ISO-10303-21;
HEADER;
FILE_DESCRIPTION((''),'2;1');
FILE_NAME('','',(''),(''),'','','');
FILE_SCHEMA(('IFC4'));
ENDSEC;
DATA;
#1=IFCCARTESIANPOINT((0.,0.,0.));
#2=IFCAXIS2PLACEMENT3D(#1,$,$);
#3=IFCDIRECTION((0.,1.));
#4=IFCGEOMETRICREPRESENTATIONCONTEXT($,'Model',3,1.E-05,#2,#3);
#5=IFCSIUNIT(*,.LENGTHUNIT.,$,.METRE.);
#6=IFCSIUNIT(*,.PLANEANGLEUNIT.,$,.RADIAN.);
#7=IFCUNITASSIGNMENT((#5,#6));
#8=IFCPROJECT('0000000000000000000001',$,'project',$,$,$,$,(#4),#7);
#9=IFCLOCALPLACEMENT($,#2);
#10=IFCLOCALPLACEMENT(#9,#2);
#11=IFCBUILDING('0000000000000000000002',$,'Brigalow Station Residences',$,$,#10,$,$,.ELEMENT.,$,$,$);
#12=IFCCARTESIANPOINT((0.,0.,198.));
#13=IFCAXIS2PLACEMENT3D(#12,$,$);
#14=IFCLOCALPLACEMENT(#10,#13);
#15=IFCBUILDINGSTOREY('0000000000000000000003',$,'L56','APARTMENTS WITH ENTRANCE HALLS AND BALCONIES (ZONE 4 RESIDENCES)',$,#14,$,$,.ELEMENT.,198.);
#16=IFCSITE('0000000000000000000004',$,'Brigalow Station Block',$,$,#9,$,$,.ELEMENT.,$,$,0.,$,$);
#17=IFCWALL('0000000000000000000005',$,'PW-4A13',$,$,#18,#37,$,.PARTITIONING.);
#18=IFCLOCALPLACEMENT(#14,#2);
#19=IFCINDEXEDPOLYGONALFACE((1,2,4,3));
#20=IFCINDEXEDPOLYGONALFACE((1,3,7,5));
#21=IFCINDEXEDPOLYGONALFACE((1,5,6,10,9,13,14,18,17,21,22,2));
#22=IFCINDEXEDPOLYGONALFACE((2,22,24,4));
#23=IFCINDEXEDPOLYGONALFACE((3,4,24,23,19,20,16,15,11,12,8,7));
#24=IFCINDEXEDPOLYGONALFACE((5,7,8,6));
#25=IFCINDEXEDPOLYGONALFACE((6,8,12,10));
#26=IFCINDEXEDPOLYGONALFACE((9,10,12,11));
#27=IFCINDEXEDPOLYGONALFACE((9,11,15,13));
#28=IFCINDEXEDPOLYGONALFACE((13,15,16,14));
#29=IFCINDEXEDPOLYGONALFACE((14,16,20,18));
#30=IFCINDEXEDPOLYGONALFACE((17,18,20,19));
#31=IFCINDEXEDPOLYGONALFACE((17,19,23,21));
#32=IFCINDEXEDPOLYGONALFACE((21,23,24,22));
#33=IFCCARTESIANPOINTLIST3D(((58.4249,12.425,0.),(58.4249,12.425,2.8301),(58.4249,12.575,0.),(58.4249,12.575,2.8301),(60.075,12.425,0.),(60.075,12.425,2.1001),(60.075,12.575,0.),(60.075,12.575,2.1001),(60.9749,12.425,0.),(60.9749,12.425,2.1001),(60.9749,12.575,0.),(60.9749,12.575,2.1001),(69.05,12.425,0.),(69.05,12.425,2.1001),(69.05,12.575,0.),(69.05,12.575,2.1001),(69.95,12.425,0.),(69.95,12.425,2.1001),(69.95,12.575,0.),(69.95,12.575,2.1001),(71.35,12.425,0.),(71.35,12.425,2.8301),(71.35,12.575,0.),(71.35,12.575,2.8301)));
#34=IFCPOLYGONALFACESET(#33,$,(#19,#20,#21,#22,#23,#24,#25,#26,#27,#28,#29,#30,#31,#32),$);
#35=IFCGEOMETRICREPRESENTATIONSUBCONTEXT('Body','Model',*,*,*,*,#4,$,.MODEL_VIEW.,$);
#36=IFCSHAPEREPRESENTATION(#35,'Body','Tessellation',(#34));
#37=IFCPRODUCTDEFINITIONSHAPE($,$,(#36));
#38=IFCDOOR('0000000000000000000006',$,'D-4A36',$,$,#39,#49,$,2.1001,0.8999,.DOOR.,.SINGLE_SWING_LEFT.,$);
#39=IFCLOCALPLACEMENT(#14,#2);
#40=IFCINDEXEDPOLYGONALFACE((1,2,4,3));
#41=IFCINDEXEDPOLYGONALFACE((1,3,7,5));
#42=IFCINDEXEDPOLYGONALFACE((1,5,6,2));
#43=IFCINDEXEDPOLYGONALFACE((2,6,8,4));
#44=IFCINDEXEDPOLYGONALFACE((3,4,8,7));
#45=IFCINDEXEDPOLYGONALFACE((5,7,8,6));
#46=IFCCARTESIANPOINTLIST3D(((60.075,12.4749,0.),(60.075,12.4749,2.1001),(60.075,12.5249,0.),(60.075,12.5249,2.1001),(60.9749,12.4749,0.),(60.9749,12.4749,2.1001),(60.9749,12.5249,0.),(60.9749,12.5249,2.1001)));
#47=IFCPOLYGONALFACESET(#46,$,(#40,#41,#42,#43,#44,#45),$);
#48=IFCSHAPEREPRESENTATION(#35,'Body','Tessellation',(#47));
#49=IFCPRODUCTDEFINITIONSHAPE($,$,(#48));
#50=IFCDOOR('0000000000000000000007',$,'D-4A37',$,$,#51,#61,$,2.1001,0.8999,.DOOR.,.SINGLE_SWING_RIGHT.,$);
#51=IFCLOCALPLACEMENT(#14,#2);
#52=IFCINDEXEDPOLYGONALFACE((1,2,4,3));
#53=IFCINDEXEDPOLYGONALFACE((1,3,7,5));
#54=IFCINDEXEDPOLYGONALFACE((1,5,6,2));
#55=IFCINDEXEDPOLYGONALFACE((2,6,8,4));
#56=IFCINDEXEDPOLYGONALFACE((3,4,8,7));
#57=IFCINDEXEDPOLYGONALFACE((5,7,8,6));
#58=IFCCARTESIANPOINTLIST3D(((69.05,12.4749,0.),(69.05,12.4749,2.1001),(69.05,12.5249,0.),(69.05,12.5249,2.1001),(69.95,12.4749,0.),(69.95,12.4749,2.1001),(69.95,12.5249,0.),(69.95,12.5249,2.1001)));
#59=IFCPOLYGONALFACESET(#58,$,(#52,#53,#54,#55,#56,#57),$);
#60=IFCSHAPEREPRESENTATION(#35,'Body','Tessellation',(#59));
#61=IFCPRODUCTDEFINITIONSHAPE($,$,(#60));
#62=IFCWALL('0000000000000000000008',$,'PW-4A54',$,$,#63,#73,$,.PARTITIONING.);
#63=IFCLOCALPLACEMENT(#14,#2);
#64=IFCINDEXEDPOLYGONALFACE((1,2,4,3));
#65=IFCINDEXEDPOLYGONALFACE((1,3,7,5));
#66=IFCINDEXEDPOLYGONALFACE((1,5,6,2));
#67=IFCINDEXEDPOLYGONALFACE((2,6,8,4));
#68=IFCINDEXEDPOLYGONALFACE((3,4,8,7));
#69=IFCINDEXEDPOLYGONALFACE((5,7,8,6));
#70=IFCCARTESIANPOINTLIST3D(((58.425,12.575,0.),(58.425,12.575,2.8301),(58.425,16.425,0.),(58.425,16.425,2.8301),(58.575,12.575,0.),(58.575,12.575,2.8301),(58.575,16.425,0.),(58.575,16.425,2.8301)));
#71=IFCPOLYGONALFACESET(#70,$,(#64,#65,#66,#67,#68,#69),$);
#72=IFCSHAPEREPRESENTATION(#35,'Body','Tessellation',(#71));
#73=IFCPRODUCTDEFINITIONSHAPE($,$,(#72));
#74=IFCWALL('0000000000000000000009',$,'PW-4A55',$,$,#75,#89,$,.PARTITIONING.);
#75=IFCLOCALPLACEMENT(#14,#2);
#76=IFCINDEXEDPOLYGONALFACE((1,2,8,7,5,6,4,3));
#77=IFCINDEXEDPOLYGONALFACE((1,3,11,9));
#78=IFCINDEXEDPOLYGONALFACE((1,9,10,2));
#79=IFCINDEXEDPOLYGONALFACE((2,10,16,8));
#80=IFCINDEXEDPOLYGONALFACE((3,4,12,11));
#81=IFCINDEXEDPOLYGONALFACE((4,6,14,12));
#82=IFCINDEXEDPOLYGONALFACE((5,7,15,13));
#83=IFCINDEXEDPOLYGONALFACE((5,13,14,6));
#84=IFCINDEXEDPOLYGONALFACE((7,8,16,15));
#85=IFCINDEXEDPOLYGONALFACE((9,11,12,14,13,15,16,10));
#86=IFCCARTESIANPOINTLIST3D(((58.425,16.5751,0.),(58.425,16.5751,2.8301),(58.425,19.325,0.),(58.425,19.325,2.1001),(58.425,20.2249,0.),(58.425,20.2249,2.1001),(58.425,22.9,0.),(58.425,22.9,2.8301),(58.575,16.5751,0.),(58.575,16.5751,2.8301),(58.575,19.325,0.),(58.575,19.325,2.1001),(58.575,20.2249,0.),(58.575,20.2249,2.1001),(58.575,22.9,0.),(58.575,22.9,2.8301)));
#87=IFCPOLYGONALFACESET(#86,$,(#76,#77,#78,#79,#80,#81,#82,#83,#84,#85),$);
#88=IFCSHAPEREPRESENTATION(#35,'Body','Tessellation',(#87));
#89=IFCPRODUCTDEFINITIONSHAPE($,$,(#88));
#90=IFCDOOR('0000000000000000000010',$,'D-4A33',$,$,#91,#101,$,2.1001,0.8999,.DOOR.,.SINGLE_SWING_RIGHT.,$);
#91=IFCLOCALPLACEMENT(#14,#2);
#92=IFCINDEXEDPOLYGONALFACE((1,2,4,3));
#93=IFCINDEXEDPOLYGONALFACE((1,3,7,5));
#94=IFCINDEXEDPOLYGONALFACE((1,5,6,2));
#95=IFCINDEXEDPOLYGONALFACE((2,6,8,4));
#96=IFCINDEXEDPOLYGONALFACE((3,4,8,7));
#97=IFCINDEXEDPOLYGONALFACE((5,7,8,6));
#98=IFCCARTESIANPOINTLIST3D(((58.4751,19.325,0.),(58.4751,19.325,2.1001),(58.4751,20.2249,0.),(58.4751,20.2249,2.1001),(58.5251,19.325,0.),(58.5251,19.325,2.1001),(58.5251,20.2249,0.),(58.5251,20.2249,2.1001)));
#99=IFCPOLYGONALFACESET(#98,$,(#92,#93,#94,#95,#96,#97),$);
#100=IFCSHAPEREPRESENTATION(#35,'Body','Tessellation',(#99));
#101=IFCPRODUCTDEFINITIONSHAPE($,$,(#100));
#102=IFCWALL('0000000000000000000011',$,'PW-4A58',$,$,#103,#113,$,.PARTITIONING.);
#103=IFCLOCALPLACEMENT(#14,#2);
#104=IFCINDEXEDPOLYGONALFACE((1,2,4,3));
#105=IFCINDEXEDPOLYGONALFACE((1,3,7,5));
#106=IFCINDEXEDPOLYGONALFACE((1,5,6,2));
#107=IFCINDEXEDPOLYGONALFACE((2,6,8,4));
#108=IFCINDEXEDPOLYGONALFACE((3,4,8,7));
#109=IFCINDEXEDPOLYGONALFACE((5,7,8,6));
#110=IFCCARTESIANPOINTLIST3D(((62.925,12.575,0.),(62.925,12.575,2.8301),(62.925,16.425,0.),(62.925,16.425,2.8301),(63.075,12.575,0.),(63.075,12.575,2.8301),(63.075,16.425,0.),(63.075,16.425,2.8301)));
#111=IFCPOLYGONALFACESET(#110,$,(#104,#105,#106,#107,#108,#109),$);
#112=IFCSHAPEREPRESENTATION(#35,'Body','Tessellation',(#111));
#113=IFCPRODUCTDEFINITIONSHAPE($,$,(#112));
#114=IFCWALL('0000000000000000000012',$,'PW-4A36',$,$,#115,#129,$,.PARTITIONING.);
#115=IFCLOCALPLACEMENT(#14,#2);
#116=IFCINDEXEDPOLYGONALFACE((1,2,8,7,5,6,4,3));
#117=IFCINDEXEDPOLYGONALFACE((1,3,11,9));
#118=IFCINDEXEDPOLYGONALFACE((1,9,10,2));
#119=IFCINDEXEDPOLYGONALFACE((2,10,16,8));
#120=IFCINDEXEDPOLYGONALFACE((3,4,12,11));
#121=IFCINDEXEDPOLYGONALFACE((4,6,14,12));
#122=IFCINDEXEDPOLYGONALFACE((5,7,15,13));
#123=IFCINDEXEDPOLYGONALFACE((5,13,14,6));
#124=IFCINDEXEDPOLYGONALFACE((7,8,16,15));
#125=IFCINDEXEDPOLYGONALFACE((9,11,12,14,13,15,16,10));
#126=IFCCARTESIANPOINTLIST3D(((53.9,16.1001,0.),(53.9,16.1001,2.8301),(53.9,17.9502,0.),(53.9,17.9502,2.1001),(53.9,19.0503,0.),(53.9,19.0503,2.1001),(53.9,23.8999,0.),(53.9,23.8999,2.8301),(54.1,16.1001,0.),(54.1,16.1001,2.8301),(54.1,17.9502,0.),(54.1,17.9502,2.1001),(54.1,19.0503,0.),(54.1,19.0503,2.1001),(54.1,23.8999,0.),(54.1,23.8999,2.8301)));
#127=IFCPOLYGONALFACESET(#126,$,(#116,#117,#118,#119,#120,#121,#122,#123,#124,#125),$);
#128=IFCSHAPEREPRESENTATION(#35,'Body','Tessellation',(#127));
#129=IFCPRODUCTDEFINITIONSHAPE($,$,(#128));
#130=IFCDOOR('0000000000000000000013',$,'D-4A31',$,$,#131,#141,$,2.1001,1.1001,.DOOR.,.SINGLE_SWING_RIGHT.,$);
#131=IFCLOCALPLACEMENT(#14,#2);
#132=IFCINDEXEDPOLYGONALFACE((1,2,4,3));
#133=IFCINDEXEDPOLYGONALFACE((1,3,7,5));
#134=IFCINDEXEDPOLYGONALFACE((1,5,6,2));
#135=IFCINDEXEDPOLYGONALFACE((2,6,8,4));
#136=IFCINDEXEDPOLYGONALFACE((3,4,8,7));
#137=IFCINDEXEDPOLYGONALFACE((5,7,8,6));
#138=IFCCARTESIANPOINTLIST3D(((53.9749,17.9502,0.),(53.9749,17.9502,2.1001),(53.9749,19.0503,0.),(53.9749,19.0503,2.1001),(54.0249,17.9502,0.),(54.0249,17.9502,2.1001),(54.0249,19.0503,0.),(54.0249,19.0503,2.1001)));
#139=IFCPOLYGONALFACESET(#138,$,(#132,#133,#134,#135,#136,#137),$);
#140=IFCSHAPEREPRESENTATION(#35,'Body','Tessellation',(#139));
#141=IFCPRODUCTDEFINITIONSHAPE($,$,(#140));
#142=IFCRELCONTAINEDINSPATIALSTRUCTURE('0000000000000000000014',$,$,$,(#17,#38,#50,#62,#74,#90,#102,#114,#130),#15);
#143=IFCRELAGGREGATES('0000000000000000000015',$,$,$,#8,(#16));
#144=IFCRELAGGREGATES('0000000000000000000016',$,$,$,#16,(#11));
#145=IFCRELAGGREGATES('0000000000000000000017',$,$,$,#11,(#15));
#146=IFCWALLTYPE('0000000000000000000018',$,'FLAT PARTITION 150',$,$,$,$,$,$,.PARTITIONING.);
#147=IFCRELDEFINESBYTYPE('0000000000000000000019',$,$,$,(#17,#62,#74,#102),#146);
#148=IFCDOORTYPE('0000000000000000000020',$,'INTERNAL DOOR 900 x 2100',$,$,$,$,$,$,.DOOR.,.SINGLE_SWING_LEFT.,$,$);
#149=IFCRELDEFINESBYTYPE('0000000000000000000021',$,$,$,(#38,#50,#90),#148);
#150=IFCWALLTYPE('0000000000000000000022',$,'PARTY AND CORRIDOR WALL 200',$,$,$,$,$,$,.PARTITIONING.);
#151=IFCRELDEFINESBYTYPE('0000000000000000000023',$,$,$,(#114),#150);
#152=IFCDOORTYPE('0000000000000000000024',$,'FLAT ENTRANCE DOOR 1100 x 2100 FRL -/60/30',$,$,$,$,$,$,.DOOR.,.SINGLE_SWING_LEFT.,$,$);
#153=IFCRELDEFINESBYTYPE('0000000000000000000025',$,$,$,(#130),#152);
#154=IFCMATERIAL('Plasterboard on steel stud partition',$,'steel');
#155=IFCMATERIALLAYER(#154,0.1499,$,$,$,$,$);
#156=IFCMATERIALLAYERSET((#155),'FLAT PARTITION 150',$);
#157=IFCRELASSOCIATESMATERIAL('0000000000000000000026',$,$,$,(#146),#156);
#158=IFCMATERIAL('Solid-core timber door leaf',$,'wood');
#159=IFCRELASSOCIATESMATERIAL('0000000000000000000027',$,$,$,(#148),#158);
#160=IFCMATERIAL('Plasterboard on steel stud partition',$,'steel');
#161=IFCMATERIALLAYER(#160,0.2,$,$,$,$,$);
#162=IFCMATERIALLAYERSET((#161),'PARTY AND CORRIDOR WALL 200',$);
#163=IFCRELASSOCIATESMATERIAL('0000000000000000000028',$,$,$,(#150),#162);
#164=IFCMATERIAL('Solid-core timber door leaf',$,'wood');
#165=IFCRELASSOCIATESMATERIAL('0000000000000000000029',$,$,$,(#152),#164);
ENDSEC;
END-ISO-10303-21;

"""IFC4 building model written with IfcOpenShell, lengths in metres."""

from ifc_helpers import new_model, si_unit, direction, frame, frame_2d, origin, place, context, subcontext, project, spatial, rectangle, extrude, material, layer, layer_set, type_object, element, fill, save


model = new_model("IFC4")

# Units and contexts
model_context = context("Model", 3, precision=1e-05, world=origin(), true_north=direction((0.0, 1.0)))
body_context = subcontext(model_context, "Body", "Model", "MODEL_VIEW")
ifc_project = project(units=[si_unit("LENGTHUNIT", "METRE"), si_unit("PLANEANGLEUNIT", "RADIAN")], contexts=[model_context])

# Site, building, storey
site_placement = place(None, origin())
site = spatial("IfcSite", under=ifc_project, at=site_placement, Name="Brigalow Station Block", CompositionType="ELEMENT", RefElevation=0.0)
building_placement = place(site_placement, origin())
building = spatial("IfcBuilding", under=site, at=building_placement, Name="Brigalow Station Residences", CompositionType="ELEMENT")
storey_placement = place(building_placement, frame((0.0, 0.0, 198.0)))
storey = spatial("IfcBuildingStorey", under=building, at=storey_placement, Name="L56", Description="APARTMENTS WITH ENTRANCE HALLS AND BALCONIES (ZONE 4 RESIDENCES)", CompositionType="ELEMENT", Elevation=198.0)

# Wall, openings, doors
ifc_material_1 = material(Name="Plasterboard on steel stud partition", Category="steel")
ifc_layer_1 = layer(ifc_material_1, 0.1499)
ifc_layer_set_1 = layer_set([ifc_layer_1], Name="FLAT PARTITION 150")
wall_type_1 = type_object("IfcWallType", Name="FLAT PARTITION 150", PredefinedType="PARTITIONING", material=ifc_layer_set_1)
wall_1_placement = place(storey_placement, frame((58.425, 12.5, 0.0), z_axis=(0.0, 0.0, 1.0), x_axis=(1.0, 0.0, 0.0)))
wall_1 = element("IfcWall", 1, at=wall_1_placement, inside=storey, type_object=wall_type_1, Name="PW-4A13", PredefinedType="PARTITIONING", context=body_context, shape_type="SweptSolid", body=[
    extrude(rectangle(XDim=12.925, YDim=0.1499, at=frame_2d((6.4624, 0.0))), origin(), (0.0, 0.0, 1.0), 2.8301),
])
opening_1_placement = place(wall_1_placement, frame((1.6499, 0.0, 0.0)))
opening_1 = element("IfcOpeningElement", 2, at=opening_1_placement, cuts=wall_1, PredefinedType="OPENING", context=body_context, shape_type="SweptSolid", body=[
    extrude(rectangle(XDim=0.8999, YDim=2.1001, at=frame_2d((0.45, 1.05))), frame((0.0, 0.085, 0.0), z_axis=(0.0, -1.0, 0.0), x_axis=(1.0, 0.0, 0.0)), (0.0, 0.0, 1.0), 0.1699),
])
opening_2_placement = place(wall_1_placement, frame((10.625, 0.0, 0.0)))
opening_2 = element("IfcOpeningElement", 3, at=opening_2_placement, cuts=wall_1, PredefinedType="OPENING", context=body_context, shape_type="SweptSolid", body=[
    extrude(rectangle(XDim=0.8999, YDim=2.1001, at=frame_2d((0.45, 1.05))), frame((0.0, 0.085, 0.0), z_axis=(0.0, -1.0, 0.0), x_axis=(1.0, 0.0, 0.0)), (0.0, 0.0, 1.0), 0.1699),
])
ifc_material_2 = material(Name="Solid-core timber door leaf", Category="wood")
door_type_1 = type_object("IfcDoorType", Name="INTERNAL DOOR 900 x 2100", OperationType="SINGLE_SWING_LEFT", PredefinedType="DOOR", material=ifc_material_2)
door_1_placement = place(opening_1_placement, origin())
door_1 = element("IfcDoor", 4, at=door_1_placement, inside=storey, type_object=door_type_1, Name="D-4A36", OperationType="SINGLE_SWING_LEFT", OverallHeight=2.1001, OverallWidth=0.8999, PredefinedType="DOOR", context=body_context, shape_type="SweptSolid", body=[
    extrude(rectangle(XDim=0.8999, YDim=2.1001, at=frame_2d((0.45, 1.05))), frame((0.0, 0.0249, 0.0), z_axis=(0.0, -1.0, 0.0), x_axis=(1.0, 0.0, 0.0)), (0.0, 0.0, 1.0), 0.05),
])
fill(opening_1, door_1)
door_2_placement = place(opening_2_placement, origin())
door_2 = element("IfcDoor", 5, at=door_2_placement, inside=storey, type_object=door_type_1, Name="D-4A37", OperationType="SINGLE_SWING_RIGHT", OverallHeight=2.1001, OverallWidth=0.8999, PredefinedType="DOOR", context=body_context, shape_type="SweptSolid", body=[
    extrude(rectangle(XDim=0.8999, YDim=2.1001, at=frame_2d((0.45, 1.05))), frame((0.0, 0.0249, 0.0), z_axis=(0.0, -1.0, 0.0), x_axis=(1.0, 0.0, 0.0)), (0.0, 0.0, 1.0), 0.05),
])
fill(opening_2, door_2)

# Wall
wall_2_placement = place(storey_placement, frame((58.5, 12.575, 0.0), z_axis=(0.0, 0.0, 1.0), x_axis=(0.0, 1.0, 0.0)))
element("IfcWall", 6, at=wall_2_placement, inside=storey, type_object=wall_type_1, Name="PW-4A54", PredefinedType="PARTITIONING", context=body_context, shape_type="SweptSolid", body=[
    extrude(rectangle(XDim=3.8501, YDim=0.1499, at=frame_2d((1.925, 0.0))), origin(), (0.0, 0.0, 1.0), 2.8301),
])

# Wall, opening, door
wall_3_placement = place(storey_placement, frame((58.5, 16.575, 0.0), z_axis=(0.0, 0.0, 1.0), x_axis=(0.0, 1.0, 0.0)))
wall_3 = element("IfcWall", 7, at=wall_3_placement, inside=storey, type_object=wall_type_1, Name="PW-4A55", PredefinedType="PARTITIONING", context=body_context, shape_type="SweptSolid", body=[
    extrude(rectangle(XDim=6.325, YDim=0.1499, at=frame_2d((3.1626, 0.0))), origin(), (0.0, 0.0, 1.0), 2.8301),
])
opening_3_placement = place(wall_3_placement, frame((2.75, 0.0, 0.0)))
opening_3 = element("IfcOpeningElement", 8, at=opening_3_placement, cuts=wall_3, PredefinedType="OPENING", context=body_context, shape_type="SweptSolid", body=[
    extrude(rectangle(XDim=0.8999, YDim=2.1001, at=frame_2d((0.45, 1.05))), frame((0.0, 0.085, 0.0), z_axis=(0.0, -1.0, 0.0), x_axis=(1.0, 0.0, 0.0)), (0.0, 0.0, 1.0), 0.1699),
])
door_3_placement = place(opening_3_placement, origin())
door_3 = element("IfcDoor", 9, at=door_3_placement, inside=storey, type_object=door_type_1, Name="D-4A33", OperationType="SINGLE_SWING_RIGHT", OverallHeight=2.1001, OverallWidth=0.8999, PredefinedType="DOOR", context=body_context, shape_type="SweptSolid", body=[
    extrude(rectangle(XDim=0.8999, YDim=2.1001, at=frame_2d((0.45, 1.05))), frame((0.0, 0.0249, 0.0), z_axis=(0.0, -1.0, 0.0), x_axis=(1.0, 0.0, 0.0)), (0.0, 0.0, 1.0), 0.05),
])
fill(opening_3, door_3)

# Wall
wall_4_placement = place(storey_placement, frame((63.0, 12.575, 0.0), z_axis=(0.0, 0.0, 1.0), x_axis=(0.0, 1.0, 0.0)))
element("IfcWall", 10, at=wall_4_placement, inside=storey, type_object=wall_type_1, Name="PW-4A58", PredefinedType="PARTITIONING", context=body_context, shape_type="SweptSolid", body=[
    extrude(rectangle(XDim=3.8501, YDim=0.1499, at=frame_2d((1.925, 0.0))), origin(), (0.0, 0.0, 1.0), 2.8301),
])

# Wall, opening, door
ifc_material_3 = material(Name="Plasterboard on steel stud partition", Category="steel")
ifc_layer_2 = layer(ifc_material_3, 0.2)
ifc_layer_set_2 = layer_set([ifc_layer_2], Name="PARTY AND CORRIDOR WALL 200")
wall_type_2 = type_object("IfcWallType", Name="PARTY AND CORRIDOR WALL 200", PredefinedType="PARTITIONING", material=ifc_layer_set_2)
wall_5_placement = place(storey_placement, frame((54.0, 16.1001, 0.0), z_axis=(0.0, 0.0, 1.0), x_axis=(0.0, 1.0, 0.0)))
wall_5 = element("IfcWall", 11, at=wall_5_placement, inside=storey, type_object=wall_type_2, Name="PW-4A36", PredefinedType="PARTITIONING", context=body_context, shape_type="SweptSolid", body=[
    extrude(rectangle(XDim=7.7998, YDim=0.2, at=frame_2d((3.8999, 0.0))), origin(), (0.0, 0.0, 1.0), 2.8301),
])
opening_4_placement = place(wall_5_placement, frame((1.8501, 0.0, 0.0)))
opening_4 = element("IfcOpeningElement", 12, at=opening_4_placement, cuts=wall_5, PredefinedType="OPENING", context=body_context, shape_type="SweptSolid", body=[
    extrude(rectangle(XDim=1.1001, YDim=2.1001, at=frame_2d((0.55, 1.05))), frame((0.0, 0.1099, 0.0), z_axis=(0.0, -1.0, 0.0), x_axis=(1.0, 0.0, 0.0)), (0.0, 0.0, 1.0), 0.22),
])
ifc_material_4 = material(Name="Solid-core timber door leaf", Category="wood")
door_type_2 = type_object("IfcDoorType", Name="FLAT ENTRANCE DOOR 1100 x 2100 FRL -/60/30", OperationType="SINGLE_SWING_LEFT", PredefinedType="DOOR", material=ifc_material_4)
door_4_placement = place(opening_4_placement, frame((1.1001, 0.0, 0.0), z_axis=(0.0, 0.0, 1.0), x_axis=(-1.0, 0.0, 0.0)))
door_4 = element("IfcDoor", 13, at=door_4_placement, inside=storey, type_object=door_type_2, Name="D-4A31", OperationType="SINGLE_SWING_RIGHT", OverallHeight=2.1001, OverallWidth=1.1001, PredefinedType="DOOR", context=body_context, shape_type="SweptSolid", body=[
    extrude(rectangle(XDim=1.1001, YDim=2.1001, at=frame_2d((0.55, 1.05))), frame((0.0, 0.0249, 0.0), z_axis=(0.0, -1.0, 0.0), x_axis=(1.0, 0.0, 0.0)), (0.0, 0.0, 1.0), 0.05),
])
fill(opening_4, door_4)

save(model, "model.ifc")
